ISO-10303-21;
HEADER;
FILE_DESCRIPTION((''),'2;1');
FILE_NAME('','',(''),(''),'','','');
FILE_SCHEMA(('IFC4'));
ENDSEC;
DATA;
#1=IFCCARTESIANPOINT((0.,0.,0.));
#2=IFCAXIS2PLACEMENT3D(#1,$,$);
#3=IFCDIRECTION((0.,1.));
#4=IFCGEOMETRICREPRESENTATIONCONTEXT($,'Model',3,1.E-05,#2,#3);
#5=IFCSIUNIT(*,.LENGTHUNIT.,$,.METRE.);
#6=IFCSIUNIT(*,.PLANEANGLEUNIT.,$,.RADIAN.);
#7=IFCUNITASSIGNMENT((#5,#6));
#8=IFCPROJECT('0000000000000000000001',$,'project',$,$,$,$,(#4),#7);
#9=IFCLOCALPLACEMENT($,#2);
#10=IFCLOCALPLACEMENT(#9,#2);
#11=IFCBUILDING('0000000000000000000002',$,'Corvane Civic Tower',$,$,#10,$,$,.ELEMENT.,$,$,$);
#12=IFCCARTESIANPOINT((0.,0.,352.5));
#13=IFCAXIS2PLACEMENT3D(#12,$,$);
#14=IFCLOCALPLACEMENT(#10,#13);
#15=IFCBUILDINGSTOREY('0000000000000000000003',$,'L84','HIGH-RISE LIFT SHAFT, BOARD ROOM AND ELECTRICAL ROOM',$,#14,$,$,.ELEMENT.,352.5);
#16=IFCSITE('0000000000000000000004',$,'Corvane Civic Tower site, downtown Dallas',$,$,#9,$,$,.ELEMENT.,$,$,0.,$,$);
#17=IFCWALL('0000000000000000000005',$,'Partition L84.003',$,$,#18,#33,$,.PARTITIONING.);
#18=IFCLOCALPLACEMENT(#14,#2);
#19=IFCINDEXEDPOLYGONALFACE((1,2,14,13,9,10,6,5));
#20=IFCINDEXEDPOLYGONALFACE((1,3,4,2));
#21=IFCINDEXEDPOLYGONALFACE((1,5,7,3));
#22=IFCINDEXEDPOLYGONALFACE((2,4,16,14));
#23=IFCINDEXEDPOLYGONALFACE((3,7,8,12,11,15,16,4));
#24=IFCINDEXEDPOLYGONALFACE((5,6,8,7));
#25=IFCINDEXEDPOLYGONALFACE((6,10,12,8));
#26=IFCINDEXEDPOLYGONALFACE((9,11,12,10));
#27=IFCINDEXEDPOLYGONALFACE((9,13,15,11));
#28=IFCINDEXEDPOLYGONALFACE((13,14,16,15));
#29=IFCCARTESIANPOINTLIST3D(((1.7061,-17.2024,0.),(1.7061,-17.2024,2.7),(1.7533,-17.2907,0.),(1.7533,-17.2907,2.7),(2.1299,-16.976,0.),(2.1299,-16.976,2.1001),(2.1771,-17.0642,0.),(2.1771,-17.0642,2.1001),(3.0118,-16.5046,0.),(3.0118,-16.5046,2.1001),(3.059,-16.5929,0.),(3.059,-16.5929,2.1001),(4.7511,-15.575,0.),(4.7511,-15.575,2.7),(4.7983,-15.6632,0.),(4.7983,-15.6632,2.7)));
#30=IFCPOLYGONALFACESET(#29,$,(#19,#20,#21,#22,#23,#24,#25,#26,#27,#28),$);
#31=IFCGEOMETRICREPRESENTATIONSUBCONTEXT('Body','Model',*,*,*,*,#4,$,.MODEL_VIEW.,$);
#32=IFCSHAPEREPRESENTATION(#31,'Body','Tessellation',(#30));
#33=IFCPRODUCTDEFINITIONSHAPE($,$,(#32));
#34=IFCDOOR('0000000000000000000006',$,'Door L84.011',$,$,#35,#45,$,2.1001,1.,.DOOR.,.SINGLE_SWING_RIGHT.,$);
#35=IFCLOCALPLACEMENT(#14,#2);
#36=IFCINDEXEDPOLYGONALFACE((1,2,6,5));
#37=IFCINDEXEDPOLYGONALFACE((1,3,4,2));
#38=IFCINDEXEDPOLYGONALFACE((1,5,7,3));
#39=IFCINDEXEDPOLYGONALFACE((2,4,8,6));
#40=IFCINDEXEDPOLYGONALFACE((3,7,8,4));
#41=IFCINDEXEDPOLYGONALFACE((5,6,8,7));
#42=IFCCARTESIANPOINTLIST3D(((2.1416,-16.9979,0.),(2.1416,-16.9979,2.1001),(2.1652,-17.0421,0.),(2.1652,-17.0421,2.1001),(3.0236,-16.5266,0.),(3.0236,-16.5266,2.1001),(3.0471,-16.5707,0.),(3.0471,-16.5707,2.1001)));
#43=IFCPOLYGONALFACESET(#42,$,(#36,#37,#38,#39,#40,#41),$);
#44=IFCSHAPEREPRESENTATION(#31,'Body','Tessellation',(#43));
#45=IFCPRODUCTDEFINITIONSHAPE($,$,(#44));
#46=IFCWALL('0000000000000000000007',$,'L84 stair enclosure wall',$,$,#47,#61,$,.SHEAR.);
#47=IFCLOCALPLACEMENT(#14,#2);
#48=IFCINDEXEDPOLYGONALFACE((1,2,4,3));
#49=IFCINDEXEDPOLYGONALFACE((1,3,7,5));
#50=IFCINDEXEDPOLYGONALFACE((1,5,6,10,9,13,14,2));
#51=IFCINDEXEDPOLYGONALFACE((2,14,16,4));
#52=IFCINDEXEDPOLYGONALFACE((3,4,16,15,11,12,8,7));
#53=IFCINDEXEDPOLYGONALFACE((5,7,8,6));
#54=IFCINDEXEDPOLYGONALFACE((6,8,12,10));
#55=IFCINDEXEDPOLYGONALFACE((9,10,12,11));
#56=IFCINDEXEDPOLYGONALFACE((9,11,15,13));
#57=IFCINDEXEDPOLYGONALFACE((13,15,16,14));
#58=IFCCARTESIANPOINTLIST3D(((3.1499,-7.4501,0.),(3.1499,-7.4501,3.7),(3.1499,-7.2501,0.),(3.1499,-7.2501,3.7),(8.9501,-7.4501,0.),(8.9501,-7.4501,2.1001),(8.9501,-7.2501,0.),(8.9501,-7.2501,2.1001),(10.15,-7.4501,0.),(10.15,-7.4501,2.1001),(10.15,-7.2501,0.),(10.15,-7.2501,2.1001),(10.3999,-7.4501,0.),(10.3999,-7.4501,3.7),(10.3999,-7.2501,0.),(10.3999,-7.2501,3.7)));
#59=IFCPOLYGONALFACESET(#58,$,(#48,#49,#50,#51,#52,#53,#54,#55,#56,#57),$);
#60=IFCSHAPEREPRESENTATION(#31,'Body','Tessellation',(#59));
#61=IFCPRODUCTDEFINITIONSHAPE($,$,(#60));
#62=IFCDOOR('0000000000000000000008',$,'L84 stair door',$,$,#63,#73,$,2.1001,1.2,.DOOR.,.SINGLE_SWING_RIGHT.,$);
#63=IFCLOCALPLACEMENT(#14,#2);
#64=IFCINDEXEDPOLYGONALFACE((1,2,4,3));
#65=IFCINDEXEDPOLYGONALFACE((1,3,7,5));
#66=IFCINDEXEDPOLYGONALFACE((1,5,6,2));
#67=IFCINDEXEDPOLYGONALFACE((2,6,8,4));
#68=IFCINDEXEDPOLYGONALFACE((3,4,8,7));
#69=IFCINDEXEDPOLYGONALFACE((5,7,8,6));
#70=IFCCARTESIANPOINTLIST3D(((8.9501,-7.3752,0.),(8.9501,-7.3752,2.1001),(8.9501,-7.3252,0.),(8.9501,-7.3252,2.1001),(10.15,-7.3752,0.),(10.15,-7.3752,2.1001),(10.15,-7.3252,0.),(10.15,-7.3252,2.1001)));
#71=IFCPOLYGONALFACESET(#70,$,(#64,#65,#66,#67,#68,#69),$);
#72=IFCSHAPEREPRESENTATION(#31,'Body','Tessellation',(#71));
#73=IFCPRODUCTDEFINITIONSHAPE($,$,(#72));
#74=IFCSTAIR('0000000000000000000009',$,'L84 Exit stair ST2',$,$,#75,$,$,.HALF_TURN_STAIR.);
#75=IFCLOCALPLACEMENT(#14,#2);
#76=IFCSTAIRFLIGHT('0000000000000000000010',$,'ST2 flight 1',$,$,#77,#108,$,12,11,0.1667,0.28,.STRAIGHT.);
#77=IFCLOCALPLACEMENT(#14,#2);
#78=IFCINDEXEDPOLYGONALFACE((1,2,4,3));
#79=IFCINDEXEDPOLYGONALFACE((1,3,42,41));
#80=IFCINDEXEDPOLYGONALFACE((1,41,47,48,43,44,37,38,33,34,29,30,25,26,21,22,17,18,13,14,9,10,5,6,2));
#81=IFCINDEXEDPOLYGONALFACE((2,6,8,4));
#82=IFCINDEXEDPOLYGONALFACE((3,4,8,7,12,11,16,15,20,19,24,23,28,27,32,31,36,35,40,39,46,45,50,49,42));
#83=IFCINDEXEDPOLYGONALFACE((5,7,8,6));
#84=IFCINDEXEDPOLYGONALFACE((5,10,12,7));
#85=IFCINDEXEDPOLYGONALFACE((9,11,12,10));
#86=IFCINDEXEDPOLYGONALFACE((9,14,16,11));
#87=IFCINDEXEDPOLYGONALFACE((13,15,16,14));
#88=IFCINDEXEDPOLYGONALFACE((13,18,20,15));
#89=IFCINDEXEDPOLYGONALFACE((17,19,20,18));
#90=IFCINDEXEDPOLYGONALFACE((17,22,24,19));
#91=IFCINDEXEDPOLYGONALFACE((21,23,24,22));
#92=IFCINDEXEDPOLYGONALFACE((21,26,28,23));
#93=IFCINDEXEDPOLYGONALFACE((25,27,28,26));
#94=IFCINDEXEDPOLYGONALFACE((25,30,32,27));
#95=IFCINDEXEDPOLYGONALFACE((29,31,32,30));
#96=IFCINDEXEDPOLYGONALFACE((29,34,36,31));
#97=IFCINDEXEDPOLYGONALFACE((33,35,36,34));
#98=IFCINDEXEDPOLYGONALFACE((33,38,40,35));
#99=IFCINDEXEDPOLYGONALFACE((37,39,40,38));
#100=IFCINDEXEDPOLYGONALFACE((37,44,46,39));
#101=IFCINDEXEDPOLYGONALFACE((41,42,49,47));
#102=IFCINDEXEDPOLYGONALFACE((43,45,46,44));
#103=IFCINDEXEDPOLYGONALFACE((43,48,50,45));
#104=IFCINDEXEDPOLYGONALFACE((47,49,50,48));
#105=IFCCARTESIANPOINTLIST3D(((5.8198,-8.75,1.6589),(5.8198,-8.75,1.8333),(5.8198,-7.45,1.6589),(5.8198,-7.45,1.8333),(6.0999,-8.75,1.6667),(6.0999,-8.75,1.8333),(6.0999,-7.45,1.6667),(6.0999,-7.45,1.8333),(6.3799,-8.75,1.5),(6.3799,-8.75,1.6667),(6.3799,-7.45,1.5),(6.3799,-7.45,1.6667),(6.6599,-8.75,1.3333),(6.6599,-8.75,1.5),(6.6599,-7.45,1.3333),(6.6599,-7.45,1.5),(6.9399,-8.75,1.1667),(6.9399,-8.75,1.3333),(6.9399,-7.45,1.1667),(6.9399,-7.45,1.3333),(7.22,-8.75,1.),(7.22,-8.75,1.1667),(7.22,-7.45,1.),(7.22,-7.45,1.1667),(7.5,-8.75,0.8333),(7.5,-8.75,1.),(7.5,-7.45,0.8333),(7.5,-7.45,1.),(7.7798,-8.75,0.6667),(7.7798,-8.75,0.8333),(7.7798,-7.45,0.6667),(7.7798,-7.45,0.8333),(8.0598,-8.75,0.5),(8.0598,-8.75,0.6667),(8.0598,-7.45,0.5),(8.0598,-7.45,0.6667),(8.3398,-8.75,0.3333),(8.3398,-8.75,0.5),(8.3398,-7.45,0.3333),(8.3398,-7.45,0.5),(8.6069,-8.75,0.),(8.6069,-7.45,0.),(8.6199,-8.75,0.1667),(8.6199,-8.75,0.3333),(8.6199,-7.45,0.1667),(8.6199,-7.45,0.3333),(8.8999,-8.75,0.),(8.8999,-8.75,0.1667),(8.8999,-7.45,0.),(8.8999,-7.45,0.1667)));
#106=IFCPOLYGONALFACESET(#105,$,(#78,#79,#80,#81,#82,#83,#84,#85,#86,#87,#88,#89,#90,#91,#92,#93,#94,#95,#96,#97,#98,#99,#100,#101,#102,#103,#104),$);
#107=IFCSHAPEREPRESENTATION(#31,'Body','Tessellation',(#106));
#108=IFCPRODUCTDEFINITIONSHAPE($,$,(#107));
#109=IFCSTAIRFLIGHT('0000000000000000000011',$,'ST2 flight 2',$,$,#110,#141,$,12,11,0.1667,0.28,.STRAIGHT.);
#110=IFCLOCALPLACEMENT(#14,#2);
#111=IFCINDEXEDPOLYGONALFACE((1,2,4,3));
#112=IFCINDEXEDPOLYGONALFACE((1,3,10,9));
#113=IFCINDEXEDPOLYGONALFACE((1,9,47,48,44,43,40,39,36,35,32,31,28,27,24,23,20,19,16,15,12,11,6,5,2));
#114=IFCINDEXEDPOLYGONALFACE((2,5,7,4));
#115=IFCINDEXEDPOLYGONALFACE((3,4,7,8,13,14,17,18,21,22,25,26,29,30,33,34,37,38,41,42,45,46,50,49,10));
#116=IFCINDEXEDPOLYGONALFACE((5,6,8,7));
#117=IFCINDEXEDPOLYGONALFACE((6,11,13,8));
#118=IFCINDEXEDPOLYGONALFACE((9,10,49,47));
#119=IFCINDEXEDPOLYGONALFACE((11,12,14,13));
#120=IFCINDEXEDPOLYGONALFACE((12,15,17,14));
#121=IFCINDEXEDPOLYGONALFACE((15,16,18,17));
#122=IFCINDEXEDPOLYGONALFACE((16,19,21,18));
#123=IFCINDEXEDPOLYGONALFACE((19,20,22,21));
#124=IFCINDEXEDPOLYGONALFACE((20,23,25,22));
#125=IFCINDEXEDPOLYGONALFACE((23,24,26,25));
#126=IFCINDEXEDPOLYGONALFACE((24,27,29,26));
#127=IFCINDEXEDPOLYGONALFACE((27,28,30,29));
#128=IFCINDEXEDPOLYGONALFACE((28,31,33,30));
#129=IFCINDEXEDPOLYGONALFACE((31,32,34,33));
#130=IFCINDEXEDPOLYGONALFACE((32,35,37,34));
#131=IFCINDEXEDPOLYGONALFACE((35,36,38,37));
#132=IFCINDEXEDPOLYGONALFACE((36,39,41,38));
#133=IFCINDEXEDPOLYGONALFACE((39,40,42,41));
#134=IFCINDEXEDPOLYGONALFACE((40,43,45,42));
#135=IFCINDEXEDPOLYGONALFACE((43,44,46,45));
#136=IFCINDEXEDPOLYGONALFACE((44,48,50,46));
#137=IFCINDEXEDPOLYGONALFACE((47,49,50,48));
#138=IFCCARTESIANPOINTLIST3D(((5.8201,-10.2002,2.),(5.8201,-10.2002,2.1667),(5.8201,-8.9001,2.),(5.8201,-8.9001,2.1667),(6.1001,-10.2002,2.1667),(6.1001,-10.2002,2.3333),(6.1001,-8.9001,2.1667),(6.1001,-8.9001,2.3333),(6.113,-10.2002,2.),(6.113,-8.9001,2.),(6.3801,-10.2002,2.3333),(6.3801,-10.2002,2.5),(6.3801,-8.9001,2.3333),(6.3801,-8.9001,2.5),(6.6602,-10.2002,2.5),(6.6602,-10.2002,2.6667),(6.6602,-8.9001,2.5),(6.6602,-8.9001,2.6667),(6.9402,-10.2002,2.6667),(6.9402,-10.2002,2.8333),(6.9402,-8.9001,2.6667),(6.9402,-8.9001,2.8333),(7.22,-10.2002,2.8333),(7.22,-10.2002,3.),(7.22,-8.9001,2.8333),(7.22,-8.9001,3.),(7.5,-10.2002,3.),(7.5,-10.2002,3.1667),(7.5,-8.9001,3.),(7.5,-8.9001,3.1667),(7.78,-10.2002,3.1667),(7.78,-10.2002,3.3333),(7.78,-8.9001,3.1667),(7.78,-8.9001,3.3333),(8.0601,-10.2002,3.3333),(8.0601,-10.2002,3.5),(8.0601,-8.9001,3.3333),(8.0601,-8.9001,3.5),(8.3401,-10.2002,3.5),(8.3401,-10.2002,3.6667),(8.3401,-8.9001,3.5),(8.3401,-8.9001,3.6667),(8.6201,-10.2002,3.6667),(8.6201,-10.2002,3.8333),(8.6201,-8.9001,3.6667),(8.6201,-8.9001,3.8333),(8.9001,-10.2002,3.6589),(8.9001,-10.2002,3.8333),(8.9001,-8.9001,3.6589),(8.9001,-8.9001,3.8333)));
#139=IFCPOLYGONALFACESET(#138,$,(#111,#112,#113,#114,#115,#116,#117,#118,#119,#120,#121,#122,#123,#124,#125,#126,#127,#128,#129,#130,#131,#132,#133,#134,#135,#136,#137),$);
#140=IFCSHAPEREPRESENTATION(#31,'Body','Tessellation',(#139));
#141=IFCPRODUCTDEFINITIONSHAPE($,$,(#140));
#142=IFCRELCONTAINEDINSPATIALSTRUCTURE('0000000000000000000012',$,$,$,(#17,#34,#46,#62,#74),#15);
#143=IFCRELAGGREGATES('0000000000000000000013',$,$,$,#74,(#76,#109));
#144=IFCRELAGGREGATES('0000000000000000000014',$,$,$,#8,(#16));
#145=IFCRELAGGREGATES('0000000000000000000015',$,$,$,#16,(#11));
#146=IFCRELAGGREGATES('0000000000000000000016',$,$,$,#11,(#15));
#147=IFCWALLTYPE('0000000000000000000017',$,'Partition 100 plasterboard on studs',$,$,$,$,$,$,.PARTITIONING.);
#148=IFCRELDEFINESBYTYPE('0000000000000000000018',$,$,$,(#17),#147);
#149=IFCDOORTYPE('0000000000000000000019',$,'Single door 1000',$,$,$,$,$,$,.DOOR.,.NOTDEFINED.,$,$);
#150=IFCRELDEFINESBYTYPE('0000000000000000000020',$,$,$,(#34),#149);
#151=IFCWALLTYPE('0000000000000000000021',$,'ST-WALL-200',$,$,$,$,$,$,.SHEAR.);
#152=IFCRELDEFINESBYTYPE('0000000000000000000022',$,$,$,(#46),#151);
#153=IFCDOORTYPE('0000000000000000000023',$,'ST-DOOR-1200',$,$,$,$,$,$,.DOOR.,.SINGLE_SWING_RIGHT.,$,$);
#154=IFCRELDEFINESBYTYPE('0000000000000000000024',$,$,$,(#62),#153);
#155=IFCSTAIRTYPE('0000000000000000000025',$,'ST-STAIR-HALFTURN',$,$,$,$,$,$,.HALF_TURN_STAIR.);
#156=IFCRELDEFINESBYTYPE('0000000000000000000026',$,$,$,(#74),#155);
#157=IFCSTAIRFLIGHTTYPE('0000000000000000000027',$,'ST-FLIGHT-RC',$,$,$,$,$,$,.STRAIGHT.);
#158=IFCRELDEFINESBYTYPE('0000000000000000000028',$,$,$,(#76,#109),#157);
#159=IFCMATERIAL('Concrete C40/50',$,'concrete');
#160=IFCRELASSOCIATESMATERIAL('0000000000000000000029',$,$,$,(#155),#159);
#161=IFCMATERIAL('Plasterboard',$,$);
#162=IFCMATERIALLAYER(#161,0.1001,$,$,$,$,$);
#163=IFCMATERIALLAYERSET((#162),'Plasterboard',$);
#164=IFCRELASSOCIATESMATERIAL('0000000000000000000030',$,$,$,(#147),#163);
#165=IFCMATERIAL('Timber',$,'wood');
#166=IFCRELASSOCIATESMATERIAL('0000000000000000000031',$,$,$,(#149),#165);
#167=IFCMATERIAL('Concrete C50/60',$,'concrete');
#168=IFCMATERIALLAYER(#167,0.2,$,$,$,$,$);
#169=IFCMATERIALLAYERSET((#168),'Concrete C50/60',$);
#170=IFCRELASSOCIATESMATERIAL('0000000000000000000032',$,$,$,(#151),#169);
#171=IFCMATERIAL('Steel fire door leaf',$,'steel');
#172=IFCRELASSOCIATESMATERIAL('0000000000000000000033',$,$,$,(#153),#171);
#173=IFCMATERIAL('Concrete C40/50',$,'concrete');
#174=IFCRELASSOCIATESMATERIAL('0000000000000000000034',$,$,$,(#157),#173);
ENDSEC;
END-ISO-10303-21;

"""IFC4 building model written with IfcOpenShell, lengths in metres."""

from ifc_helpers import new_model, si_unit, direction, frame, frame_2d, origin, place, context, subcontext, project, spatial, polyline, rectangle, outline, extrude, material, layer, layer_set, type_object, element, fill, aggregate, save


model = new_model("IFC4")

# Units and contexts
model_context = context("Model", 3, precision=1e-05, world=origin(), true_north=direction((0.0, 1.0)))
body_context = subcontext(model_context, "Body", "Model", "MODEL_VIEW")
ifc_project = project(units=[si_unit("LENGTHUNIT", "METRE"), si_unit("PLANEANGLEUNIT", "RADIAN")], contexts=[model_context])

# Site, building, storey
site_placement = place(None, origin())
site = spatial("IfcSite", under=ifc_project, at=site_placement, Name="Corvane Civic Tower site, downtown Dallas", CompositionType="ELEMENT", RefElevation=0.0)
building_placement = place(site_placement, origin())
building = spatial("IfcBuilding", under=site, at=building_placement, Name="Corvane Civic Tower", CompositionType="ELEMENT")
storey_placement = place(building_placement, frame((0.0, 0.0, 352.5)))
storey = spatial("IfcBuildingStorey", under=building, at=storey_placement, Name="L84", Description="HIGH-RISE LIFT SHAFT, BOARD ROOM AND ELECTRICAL ROOM", CompositionType="ELEMENT", Elevation=352.5)

# Shared definitions
ifc_material_1 = material(Name="Concrete C40/50", Category="concrete")
stair_type = type_object("IfcStairType", Name="ST-STAIR-HALFTURN", PredefinedType="HALF_TURN_STAIR", material=ifc_material_1)

# Shared definitions
ifc_material_2 = material(Name="Plasterboard")
ifc_layer_1 = layer(ifc_material_2, 0.1001)
ifc_layer_set_1 = layer_set([ifc_layer_1], Name="Plasterboard")
wall_type_1 = type_object("IfcWallType", Name="Partition 100 plasterboard on studs", PredefinedType="PARTITIONING", material=ifc_layer_set_1)

# Walls, openings, doors
wall_1_placement = place(storey_placement, frame((1.7297, -17.2466, 0.0), z_axis=(0.0, 0.0, 1.0), x_axis=(0.881934, 0.471373, 0.0)))
wall_1 = element("IfcWall", 1, at=wall_1_placement, inside=storey, type_object=wall_type_1, Name="Partition L84.003", PredefinedType="PARTITIONING", context=body_context, shape_type="SweptSolid", body=[
    extrude(rectangle(XDim=3.4526, YDim=0.1001, at=frame_2d((1.7263, 0.0))), origin(), (0.0, 0.0, 1.0), 2.7),
])
opening_1_placement = place(wall_1_placement, frame((0.4805, 0.0, 0.0)))
opening_1 = element("IfcOpeningElement", 2, at=opening_1_placement, cuts=wall_1, PredefinedType="OPENING", context=body_context, shape_type="SweptSolid", body=[
    extrude(rectangle(XDim=1.0, YDim=2.1001, at=frame_2d((0.5, 1.05))), frame((0.0, 0.0601, 0.0), z_axis=(0.0, -1.0, 0.0), x_axis=(1.0, 0.0, 0.0)), (0.0, 0.0, 1.0), 0.1201),
])
ifc_material_3 = material(Name="Timber", Category="wood")
door_type_1 = type_object("IfcDoorType", Name="Single door 1000", OperationType="NOTDEFINED", PredefinedType="DOOR", material=ifc_material_3)
door_1_placement = place(opening_1_placement, frame((1.0, 0.0, 0.0), z_axis=(0.0, 0.0, 1.0), x_axis=(-1.0, 0.0, 0.0)))
door_1 = element("IfcDoor", 3, at=door_1_placement, inside=storey, type_object=door_type_1, Name="Door L84.011", OperationType="SINGLE_SWING_RIGHT", OverallHeight=2.1001, OverallWidth=1.0, PredefinedType="DOOR", context=body_context, shape_type="SweptSolid", body=[
    extrude(rectangle(XDim=1.0, YDim=2.1001, at=frame_2d((0.5, 1.05))), frame((0.0, 0.0249, 0.0), z_axis=(0.0, -1.0, 0.0), x_axis=(1.0, 0.0, 0.0)), (0.0, 0.0, 1.0), 0.05),
])
fill(opening_1, door_1)
ifc_material_4 = material(Name="Concrete C50/60", Category="concrete")
ifc_layer_2 = layer(ifc_material_4, 0.2)
ifc_layer_set_2 = layer_set([ifc_layer_2], Name="Concrete C50/60")
wall_type_2 = type_object("IfcWallType", Name="ST-WALL-200", PredefinedType="SHEAR", material=ifc_layer_set_2)
wall_2_placement = place(storey_placement, frame((3.1499, -7.3501, 0.0), z_axis=(0.0, 0.0, 1.0), x_axis=(1.0, 0.0, 0.0)))
wall_2 = element("IfcWall", 4, at=wall_2_placement, inside=storey, type_object=wall_type_2, Name="L84 stair enclosure wall", PredefinedType="SHEAR", context=body_context, shape_type="SweptSolid", body=[
    extrude(rectangle(XDim=7.25, YDim=0.2, at=frame_2d((3.625, 0.0))), origin(), (0.0, 0.0, 1.0), 3.7),
])
opening_2_placement = place(wall_2_placement, frame((5.8, 0.0, 0.0)))
opening_2 = element("IfcOpeningElement", 5, at=opening_2_placement, cuts=wall_2, PredefinedType="OPENING", context=body_context, shape_type="SweptSolid", body=[
    extrude(rectangle(XDim=1.2, YDim=2.1001, at=frame_2d((0.6001, 1.05))), frame((0.0, 0.1099, 0.0), z_axis=(0.0, -1.0, 0.0), x_axis=(1.0, 0.0, 0.0)), (0.0, 0.0, 1.0), 0.22),
])
ifc_material_5 = material(Name="Steel fire door leaf", Category="steel")
door_type_2 = type_object("IfcDoorType", Name="ST-DOOR-1200", OperationType="SINGLE_SWING_RIGHT", PredefinedType="DOOR", material=ifc_material_5)
door_2_placement = place(opening_2_placement, origin())
door_2 = element("IfcDoor", 6, at=door_2_placement, inside=storey, type_object=door_type_2, Name="L84 stair door", OperationType="SINGLE_SWING_RIGHT", OverallHeight=2.1001, OverallWidth=1.2, PredefinedType="DOOR", context=body_context, shape_type="SweptSolid", body=[
    extrude(rectangle(XDim=1.2, YDim=2.1001, at=frame_2d((0.6001, 1.05))), frame((0.0, 0.0249, 0.0), z_axis=(0.0, -1.0, 0.0), x_axis=(1.0, 0.0, 0.0)), (0.0, 0.0, 1.0), 0.05),
])
fill(opening_2, door_2)

# Stair, stair flights
stair_1_placement = place(storey_placement, origin())
stair_1 = element("IfcStair", 7, at=stair_1_placement, inside=storey, type_object=stair_type, Name="L84 Exit stair ST2", PredefinedType="HALF_TURN_STAIR")
ifc_material_6 = material(Name="Concrete C40/50", Category="concrete")
stair_flight_type = type_object("IfcStairFlightType", Name="ST-FLIGHT-RC", PredefinedType="STRAIGHT", material=ifc_material_6)
stair_flight_1_placement = place(storey_placement, frame((8.8999, -8.1001, 0.0), z_axis=(0.0, 0.0, 1.0), x_axis=(-1.0, 0.0, 0.0)))
stair_flight_1 = element("IfcStairFlight", 8, at=stair_flight_1_placement, type_object=stair_flight_type, Name="ST2 flight 1", NumberOfRisers=12, NumberOfTreads=11, PredefinedType="STRAIGHT", RiserHeight=0.1667, TreadLength=0.28, context=body_context, shape_type="SweptSolid", body=[
    extrude(outline(polyline([(0.0, 0.0), (0.0, 0.1667), (0.28, 0.1667), (0.28, 0.3333), (0.5601, 0.3333), (0.5601, 0.5), (0.8401, 0.5), (0.8401, 0.6667), (1.1201, 0.6667), (1.1201, 0.8333), (1.3999, 0.8333), (1.3999, 1.0), (1.6799, 1.0), (1.6799, 1.1667), (1.96, 1.1667), (1.96, 1.3333), (2.24, 1.3333), (2.24, 1.5), (2.52, 1.5), (2.52, 1.6667), (2.8, 1.6667), (2.8, 1.8333), (3.0801, 1.8333), (3.0801, 2.0), (3.0801, 1.6589), (0.293, 0.0), (0.0, 0.0)])), frame((0.0, 0.6499, 0.0), z_axis=(0.0, -1.0, 0.0), x_axis=(1.0, 0.0, 0.0)), (0.0, 0.0, 1.0), 1.3),
])
stair_flight_2_placement = place(storey_placement, frame((5.8201, -9.55, 2.0), z_axis=(0.0, 0.0, 1.0), x_axis=(1.0, 0.0, 0.0)))
stair_flight_2 = element("IfcStairFlight", 9, at=stair_flight_2_placement, type_object=stair_flight_type, Name="ST2 flight 2", NumberOfRisers=12, NumberOfTreads=11, PredefinedType="STRAIGHT", RiserHeight=0.1667, TreadLength=0.28, context=body_context, shape_type="SweptSolid", body=[
    extrude(outline(polyline([(0.0, 0.0), (0.0, 0.1667), (0.28, 0.1667), (0.28, 0.3333), (0.5601, 0.3333), (0.5601, 0.5), (0.8401, 0.5), (0.8401, 0.6667), (1.1201, 0.6667), (1.1201, 0.8333), (1.3999, 0.8333), (1.3999, 1.0), (1.6799, 1.0), (1.6799, 1.1667), (1.96, 1.1667), (1.96, 1.3333), (2.24, 1.3333), (2.24, 1.5), (2.52, 1.5), (2.52, 1.6667), (2.8, 1.6667), (2.8, 1.8333), (3.0801, 1.8333), (3.0801, 2.0), (3.0801, 1.6589), (0.293, 0.0), (0.0, 0.0)])), frame((0.0, 0.6499, 0.0), z_axis=(0.0, -1.0, 0.0), x_axis=(1.0, 0.0, 0.0)), (0.0, 0.0, 1.0), 1.3),
])
aggregate(stair_1, [stair_flight_1, stair_flight_2])

save(model, "model.ifc")
